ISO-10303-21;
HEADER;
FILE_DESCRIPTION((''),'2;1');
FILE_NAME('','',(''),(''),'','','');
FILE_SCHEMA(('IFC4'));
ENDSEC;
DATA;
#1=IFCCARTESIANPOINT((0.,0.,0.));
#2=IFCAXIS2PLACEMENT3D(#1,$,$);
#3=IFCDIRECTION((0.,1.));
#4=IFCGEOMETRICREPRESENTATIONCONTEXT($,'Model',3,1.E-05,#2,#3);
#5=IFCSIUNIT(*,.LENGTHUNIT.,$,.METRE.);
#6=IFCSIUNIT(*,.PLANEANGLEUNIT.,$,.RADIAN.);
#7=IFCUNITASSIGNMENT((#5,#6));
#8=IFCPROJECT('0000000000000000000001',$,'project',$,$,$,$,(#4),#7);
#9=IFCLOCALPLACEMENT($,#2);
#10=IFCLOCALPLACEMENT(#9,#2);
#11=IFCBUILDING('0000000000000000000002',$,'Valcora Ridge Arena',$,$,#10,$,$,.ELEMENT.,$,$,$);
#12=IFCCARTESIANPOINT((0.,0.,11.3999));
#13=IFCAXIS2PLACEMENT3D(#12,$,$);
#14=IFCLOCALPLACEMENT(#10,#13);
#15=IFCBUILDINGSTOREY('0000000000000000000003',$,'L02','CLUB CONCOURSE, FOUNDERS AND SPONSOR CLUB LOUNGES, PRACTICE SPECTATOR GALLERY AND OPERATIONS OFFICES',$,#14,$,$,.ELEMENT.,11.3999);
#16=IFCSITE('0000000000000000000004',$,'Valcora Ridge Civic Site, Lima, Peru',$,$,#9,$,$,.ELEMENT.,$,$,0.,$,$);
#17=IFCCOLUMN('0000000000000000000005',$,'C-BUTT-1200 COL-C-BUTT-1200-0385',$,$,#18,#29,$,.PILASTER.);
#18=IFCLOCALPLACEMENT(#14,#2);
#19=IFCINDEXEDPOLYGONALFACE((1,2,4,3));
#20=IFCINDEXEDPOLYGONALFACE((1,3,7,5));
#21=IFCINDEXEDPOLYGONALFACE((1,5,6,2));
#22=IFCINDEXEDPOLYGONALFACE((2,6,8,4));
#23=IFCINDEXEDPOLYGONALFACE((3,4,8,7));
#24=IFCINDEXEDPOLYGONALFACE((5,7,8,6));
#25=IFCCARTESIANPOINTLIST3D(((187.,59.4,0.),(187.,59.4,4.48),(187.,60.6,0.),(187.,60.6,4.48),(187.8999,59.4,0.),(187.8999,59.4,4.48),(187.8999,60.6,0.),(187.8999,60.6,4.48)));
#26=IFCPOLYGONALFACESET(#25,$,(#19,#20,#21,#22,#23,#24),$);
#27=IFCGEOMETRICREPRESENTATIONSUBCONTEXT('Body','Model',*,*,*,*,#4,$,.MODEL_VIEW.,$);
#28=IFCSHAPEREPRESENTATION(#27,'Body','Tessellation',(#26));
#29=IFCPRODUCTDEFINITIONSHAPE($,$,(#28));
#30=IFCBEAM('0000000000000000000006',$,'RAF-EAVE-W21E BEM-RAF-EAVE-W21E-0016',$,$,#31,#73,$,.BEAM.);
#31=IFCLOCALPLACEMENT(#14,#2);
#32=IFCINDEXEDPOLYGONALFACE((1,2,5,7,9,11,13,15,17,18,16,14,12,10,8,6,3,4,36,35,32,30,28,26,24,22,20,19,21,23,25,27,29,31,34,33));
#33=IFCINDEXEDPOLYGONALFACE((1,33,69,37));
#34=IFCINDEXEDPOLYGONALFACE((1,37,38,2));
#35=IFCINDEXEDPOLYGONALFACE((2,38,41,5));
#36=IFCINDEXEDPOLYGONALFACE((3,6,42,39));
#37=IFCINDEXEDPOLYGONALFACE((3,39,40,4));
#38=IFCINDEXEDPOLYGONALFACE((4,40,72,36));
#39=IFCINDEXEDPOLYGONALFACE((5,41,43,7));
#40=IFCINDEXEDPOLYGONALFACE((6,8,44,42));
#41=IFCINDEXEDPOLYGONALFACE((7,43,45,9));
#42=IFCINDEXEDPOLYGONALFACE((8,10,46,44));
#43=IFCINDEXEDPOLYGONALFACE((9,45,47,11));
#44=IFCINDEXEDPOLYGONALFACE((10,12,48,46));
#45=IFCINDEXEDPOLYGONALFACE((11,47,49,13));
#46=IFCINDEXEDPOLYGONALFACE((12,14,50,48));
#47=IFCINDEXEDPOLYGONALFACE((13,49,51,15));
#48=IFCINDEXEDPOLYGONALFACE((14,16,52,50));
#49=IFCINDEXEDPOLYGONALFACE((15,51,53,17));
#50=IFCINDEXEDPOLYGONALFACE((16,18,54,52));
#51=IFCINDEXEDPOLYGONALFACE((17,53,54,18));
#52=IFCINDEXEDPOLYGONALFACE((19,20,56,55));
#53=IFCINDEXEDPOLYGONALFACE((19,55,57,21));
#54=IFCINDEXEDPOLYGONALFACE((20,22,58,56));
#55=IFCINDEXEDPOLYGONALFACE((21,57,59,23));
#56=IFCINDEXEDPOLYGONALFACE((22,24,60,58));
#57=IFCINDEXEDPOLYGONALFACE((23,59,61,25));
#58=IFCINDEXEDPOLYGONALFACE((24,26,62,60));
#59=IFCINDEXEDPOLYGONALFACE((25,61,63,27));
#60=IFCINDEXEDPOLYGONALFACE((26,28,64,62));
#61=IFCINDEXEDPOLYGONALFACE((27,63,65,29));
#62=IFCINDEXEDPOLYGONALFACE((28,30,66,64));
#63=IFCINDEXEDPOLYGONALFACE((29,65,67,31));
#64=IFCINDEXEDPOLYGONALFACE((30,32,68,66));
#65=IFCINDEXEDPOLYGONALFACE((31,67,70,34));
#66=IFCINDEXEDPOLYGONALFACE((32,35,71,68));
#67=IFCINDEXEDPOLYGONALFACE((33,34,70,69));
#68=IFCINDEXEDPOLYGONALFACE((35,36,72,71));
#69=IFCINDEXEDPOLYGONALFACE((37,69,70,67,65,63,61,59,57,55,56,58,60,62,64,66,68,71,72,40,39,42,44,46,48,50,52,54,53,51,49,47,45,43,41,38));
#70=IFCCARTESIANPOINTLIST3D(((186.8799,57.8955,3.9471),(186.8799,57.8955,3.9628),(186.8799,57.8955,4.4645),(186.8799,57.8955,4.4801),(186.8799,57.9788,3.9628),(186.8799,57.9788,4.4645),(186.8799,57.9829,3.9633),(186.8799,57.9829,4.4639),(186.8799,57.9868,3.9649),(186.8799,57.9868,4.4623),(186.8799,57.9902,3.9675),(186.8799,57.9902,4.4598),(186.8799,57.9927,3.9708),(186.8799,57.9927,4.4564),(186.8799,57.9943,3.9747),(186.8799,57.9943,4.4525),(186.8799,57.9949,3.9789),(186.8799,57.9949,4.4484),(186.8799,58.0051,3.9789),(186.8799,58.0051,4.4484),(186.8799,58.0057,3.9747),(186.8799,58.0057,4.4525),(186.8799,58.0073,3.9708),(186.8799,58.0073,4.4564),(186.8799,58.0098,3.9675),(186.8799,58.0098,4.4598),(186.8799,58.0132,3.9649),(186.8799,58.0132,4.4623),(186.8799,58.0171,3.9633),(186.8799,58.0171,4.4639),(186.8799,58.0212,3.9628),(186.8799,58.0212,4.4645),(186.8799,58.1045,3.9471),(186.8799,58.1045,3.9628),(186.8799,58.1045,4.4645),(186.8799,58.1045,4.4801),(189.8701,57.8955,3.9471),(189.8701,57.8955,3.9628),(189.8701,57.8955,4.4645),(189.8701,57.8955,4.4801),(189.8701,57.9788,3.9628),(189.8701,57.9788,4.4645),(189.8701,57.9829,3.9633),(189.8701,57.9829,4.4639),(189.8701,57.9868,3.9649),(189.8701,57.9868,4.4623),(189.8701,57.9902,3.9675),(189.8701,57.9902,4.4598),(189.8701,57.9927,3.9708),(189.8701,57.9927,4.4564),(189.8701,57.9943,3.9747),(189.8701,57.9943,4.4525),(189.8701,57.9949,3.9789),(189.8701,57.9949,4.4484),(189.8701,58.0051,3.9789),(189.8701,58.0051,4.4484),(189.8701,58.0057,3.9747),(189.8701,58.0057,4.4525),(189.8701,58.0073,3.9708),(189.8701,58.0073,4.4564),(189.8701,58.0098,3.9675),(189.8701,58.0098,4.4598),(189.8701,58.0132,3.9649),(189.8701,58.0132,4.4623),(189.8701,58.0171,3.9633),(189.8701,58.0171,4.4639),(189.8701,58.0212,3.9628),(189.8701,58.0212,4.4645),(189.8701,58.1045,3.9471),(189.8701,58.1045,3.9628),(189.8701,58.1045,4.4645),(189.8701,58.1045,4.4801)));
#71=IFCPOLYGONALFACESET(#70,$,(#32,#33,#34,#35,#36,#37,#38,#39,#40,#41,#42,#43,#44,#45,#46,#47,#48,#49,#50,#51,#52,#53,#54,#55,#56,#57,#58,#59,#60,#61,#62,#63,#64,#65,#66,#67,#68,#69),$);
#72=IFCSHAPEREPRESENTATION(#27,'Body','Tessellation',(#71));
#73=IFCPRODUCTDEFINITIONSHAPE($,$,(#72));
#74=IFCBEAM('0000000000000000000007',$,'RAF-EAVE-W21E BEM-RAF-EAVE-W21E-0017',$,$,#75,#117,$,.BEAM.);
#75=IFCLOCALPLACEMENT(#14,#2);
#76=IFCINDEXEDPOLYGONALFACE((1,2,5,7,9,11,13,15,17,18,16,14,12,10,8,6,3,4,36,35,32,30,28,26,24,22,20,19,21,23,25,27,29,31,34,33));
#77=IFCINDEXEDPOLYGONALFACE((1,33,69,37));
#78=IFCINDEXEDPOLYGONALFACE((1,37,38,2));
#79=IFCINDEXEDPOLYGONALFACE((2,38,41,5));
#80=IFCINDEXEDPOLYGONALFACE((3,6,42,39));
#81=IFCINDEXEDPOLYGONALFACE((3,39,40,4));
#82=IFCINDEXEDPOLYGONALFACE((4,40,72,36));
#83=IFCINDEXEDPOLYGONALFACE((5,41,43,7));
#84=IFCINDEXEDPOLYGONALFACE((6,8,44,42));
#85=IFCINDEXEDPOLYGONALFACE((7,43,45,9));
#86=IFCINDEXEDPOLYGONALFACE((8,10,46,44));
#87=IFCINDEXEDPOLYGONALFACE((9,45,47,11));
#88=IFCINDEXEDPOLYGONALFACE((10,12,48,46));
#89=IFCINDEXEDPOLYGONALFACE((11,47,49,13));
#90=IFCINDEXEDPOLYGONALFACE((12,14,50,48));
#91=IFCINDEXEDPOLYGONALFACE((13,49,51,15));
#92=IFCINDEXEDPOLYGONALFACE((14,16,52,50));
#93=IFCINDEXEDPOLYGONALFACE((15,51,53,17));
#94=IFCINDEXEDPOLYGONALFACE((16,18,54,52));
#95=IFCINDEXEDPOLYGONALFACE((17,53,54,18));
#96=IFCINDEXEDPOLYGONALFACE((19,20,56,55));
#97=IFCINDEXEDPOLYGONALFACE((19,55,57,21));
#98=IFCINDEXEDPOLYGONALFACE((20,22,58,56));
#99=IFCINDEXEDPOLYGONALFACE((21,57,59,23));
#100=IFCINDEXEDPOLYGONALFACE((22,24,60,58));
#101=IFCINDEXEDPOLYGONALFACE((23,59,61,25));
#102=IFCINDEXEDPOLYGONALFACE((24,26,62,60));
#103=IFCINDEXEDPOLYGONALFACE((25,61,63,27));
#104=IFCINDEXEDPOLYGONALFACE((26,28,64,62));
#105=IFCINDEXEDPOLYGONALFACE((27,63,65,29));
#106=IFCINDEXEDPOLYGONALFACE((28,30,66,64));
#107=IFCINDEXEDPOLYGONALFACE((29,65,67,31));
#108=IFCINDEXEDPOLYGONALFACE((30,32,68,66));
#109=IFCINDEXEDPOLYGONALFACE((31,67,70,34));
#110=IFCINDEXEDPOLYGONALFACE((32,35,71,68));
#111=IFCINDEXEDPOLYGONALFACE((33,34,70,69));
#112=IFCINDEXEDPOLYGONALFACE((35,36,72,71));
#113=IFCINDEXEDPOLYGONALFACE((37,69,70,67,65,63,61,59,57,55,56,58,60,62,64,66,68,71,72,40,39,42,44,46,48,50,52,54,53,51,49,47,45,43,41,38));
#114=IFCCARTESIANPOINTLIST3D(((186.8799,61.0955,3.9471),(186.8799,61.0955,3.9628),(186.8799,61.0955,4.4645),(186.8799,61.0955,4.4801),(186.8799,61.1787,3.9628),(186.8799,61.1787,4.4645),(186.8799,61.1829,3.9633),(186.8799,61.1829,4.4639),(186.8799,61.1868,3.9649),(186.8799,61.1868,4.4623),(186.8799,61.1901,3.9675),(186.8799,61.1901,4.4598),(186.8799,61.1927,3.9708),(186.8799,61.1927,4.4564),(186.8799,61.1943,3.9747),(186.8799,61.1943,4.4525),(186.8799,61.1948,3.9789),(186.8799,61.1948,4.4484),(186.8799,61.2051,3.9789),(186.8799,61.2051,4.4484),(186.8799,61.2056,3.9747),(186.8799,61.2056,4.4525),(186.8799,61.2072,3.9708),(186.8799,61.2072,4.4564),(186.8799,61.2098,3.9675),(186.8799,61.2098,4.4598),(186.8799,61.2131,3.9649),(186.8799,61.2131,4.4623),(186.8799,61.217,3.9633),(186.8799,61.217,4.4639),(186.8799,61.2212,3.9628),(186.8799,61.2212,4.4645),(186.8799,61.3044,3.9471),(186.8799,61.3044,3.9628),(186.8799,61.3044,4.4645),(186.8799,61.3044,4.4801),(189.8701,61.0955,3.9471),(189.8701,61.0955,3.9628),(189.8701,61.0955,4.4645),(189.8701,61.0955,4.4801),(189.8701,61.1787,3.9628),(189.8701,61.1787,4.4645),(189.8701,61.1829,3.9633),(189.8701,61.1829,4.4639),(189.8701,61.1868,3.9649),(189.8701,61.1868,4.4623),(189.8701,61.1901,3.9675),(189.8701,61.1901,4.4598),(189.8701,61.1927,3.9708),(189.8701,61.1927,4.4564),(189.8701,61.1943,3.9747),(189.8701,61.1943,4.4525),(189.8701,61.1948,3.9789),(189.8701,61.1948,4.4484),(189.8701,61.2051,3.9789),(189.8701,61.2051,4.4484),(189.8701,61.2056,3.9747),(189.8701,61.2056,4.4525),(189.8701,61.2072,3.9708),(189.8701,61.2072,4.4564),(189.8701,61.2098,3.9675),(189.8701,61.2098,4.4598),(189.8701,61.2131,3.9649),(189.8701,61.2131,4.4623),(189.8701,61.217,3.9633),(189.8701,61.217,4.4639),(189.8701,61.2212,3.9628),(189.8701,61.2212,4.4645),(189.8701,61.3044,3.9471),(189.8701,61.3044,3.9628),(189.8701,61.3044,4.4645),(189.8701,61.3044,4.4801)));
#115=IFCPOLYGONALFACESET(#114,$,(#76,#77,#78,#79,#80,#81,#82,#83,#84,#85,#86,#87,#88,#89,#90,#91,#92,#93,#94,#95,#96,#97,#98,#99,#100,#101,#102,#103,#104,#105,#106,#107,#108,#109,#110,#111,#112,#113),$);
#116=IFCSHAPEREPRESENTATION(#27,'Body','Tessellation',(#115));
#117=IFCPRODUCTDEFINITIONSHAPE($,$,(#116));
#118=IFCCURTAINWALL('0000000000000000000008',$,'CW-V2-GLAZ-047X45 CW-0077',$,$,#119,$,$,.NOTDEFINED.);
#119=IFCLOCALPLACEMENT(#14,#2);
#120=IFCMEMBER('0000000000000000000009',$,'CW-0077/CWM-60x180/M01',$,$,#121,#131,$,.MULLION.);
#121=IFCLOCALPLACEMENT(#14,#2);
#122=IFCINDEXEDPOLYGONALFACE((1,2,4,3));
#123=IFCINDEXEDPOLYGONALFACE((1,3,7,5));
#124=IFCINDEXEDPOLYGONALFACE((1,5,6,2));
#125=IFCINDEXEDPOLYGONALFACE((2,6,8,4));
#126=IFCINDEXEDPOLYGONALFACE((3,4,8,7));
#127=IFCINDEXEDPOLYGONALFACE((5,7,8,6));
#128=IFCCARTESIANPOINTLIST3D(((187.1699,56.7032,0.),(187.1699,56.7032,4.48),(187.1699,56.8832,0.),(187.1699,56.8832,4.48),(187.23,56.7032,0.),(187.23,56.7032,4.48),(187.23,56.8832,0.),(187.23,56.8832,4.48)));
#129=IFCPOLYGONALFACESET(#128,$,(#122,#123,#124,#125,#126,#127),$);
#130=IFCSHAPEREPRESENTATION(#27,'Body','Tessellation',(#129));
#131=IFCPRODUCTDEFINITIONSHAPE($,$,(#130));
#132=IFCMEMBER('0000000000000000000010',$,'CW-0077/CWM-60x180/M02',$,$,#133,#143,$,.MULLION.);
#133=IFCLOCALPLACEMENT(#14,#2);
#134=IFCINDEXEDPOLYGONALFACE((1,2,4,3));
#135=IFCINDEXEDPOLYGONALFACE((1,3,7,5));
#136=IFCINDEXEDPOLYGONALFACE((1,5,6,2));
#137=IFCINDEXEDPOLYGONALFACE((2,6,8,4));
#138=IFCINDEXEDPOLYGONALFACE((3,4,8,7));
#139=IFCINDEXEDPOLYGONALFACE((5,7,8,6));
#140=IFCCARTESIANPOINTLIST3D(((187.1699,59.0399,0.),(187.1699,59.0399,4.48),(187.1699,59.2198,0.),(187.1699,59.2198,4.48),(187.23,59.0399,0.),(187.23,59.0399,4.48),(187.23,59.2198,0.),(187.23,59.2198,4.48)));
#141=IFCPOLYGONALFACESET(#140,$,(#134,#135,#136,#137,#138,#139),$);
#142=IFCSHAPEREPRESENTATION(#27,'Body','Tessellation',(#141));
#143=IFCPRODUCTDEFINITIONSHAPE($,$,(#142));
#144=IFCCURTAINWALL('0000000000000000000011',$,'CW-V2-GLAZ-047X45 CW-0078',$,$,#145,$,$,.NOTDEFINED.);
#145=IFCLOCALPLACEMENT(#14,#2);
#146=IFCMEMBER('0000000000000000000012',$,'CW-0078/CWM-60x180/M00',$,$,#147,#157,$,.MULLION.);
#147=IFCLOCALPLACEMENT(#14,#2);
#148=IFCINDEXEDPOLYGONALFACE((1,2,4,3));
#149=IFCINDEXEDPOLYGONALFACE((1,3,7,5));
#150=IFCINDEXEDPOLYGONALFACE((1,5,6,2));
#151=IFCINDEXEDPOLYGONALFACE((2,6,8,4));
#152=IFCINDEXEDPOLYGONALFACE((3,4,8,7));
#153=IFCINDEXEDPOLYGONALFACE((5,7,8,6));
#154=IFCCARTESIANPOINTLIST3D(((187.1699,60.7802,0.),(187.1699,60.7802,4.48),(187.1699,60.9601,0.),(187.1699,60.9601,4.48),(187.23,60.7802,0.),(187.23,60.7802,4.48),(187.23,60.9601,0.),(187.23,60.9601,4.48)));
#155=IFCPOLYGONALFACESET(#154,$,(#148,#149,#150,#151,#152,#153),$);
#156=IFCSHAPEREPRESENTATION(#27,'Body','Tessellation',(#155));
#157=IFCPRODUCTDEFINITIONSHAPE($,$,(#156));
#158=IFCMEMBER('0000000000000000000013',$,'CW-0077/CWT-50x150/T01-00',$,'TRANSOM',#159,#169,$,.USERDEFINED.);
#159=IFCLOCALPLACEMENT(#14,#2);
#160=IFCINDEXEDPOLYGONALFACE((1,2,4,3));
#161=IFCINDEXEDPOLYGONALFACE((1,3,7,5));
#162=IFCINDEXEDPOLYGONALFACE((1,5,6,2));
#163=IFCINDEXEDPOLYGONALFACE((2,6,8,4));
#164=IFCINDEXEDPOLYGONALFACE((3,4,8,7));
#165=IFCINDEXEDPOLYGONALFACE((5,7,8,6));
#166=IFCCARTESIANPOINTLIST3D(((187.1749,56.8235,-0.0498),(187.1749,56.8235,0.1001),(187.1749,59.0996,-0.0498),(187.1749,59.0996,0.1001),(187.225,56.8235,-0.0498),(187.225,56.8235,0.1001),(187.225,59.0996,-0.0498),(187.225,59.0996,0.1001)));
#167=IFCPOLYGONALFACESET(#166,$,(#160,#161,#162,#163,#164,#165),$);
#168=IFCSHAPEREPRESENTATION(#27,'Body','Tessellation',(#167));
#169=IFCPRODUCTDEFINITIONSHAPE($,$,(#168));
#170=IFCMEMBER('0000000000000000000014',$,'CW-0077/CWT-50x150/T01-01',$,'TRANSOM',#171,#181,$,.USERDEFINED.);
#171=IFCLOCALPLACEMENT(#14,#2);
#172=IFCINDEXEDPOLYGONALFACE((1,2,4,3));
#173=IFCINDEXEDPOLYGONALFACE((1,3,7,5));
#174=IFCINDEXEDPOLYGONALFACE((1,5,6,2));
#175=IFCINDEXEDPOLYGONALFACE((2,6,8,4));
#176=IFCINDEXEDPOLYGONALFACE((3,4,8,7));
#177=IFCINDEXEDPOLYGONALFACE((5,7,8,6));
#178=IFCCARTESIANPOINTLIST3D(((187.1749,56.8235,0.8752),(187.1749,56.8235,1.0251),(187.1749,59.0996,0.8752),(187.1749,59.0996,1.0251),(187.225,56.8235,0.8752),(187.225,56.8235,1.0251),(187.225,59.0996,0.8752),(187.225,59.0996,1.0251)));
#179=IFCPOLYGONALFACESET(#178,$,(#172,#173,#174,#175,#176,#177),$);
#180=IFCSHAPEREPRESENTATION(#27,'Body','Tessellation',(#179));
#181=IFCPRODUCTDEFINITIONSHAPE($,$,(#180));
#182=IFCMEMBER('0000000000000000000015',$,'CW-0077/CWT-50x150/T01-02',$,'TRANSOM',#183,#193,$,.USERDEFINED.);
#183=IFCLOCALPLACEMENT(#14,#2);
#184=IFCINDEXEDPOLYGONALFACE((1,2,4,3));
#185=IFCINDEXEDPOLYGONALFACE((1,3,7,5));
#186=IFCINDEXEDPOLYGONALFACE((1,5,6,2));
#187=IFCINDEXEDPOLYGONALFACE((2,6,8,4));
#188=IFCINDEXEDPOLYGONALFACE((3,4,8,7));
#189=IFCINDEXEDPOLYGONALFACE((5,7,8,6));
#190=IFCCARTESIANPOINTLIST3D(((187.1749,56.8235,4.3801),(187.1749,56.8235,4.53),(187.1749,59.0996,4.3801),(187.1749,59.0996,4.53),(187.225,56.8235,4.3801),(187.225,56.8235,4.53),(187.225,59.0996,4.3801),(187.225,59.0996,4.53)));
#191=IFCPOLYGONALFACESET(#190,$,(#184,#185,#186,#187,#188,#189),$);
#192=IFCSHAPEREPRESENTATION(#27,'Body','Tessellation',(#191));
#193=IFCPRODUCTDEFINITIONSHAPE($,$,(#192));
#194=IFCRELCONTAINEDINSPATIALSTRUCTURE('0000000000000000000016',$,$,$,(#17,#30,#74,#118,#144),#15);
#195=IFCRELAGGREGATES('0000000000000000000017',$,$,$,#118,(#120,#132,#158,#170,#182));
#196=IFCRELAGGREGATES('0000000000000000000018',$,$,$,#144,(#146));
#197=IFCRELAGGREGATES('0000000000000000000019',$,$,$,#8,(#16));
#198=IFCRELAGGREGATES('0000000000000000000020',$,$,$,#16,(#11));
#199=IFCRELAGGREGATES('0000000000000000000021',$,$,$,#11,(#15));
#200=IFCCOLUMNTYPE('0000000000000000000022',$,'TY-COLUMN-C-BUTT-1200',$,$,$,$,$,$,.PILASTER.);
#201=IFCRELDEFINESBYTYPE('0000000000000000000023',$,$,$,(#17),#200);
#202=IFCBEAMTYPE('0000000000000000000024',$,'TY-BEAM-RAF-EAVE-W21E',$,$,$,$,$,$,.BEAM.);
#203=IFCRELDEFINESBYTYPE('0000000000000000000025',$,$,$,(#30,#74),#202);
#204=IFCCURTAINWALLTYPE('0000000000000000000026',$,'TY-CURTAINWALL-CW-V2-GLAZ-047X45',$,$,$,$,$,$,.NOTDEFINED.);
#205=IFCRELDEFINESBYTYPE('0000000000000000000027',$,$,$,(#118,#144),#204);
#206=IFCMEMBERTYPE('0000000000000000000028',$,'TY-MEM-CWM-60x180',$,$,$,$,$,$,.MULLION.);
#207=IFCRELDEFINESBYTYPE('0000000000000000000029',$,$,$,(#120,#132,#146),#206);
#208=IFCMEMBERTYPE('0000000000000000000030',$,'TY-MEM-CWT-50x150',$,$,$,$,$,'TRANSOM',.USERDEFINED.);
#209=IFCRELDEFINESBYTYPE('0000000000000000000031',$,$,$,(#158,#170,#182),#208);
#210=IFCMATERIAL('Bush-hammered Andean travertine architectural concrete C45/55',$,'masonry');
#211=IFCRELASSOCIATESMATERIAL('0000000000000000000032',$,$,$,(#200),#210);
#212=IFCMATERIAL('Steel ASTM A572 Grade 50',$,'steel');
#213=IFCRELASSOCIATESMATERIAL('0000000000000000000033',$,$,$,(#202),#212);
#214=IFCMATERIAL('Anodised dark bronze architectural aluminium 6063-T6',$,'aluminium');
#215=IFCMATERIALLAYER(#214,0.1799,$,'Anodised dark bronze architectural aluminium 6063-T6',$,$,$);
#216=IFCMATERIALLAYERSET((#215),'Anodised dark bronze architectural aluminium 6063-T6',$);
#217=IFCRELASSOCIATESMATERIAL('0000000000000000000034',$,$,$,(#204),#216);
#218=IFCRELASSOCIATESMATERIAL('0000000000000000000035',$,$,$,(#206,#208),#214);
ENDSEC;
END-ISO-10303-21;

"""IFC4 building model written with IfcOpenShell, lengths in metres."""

from ifc_helpers import new_model, si_unit, direction, frame, origin, origin_2d, place, context, subcontext, project, spatial, rectangle, i_section, extrude, material, layer, layer_set, material_profile, profile_set, type_object, element, aggregate, save


model = new_model("IFC4")

# Units and contexts
model_context = context("Model", 3, precision=1e-05, world=origin(), true_north=direction((0.0, 1.0)))
body_context = subcontext(model_context, "Body", "Model", "MODEL_VIEW")
ifc_project = project(units=[si_unit("LENGTHUNIT", "METRE"), si_unit("PLANEANGLEUNIT", "RADIAN")], contexts=[model_context])

# Site, building, storey
site_placement = place(None, origin())
site = spatial("IfcSite", under=ifc_project, at=site_placement, Name="Valcora Ridge Civic Site, Lima, Peru", CompositionType="ELEMENT", RefElevation=0.0)
building_placement = place(site_placement, origin())
building = spatial("IfcBuilding", under=site, at=building_placement, Name="Valcora Ridge Arena", CompositionType="ELEMENT")
storey_placement = place(building_placement, frame((0.0, 0.0, 11.3999)))
storey = spatial("IfcBuildingStorey", under=building, at=storey_placement, Name="L02", Description="CLUB CONCOURSE, FOUNDERS AND SPONSOR CLUB LOUNGES, PRACTICE SPECTATOR GALLERY AND OPERATIONS OFFICES", CompositionType="ELEMENT", Elevation=11.3999)

# Column
ifc_material_1 = material(Name="Bush-hammered Andean travertine architectural concrete C45/55", Category="masonry")
ifc_material_profile_1 = material_profile(ifc_material_1, rectangle(XDim=0.8999, YDim=1.2, at=origin_2d()), Name="RC 900x1200")
ifc_profile_set_1 = profile_set([ifc_material_profile_1], Name="Bush-hammered Andean travertine architectural concrete C45/55")
column_type = type_object("IfcColumnType", Name="TY-COLUMN-C-BUTT-1200", PredefinedType="PILASTER", material=ifc_profile_set_1)
column_placement = place(storey_placement, frame((187.45, 60.0, 0.0), z_axis=(0.0, 0.0, 1.0), x_axis=(1.0, 0.0, 0.0)))
element("IfcColumn", 1, at=column_placement, inside=storey, type_object=column_type, Name="C-BUTT-1200 COL-C-BUTT-1200-0385", PredefinedType="PILASTER", context=body_context, shape_type="SweptSolid", body=[
    extrude(rectangle(XDim=0.8999, YDim=1.2, at=origin_2d()), origin(), (0.0, 0.0, 1.0), 4.48),
])

# Beams
ifc_material_2 = material(Name="Steel ASTM A572 Grade 50", Category="steel")
ifc_material_profile_2 = material_profile(ifc_material_2, i_section(OverallWidth=0.209, OverallDepth=0.533, WebThickness=0.0103, FlangeThickness=0.0156, FilletRadius=0.0161, at=origin_2d()), Name="W21X62")
ifc_profile_set_2 = profile_set([ifc_material_profile_2], Name="Steel ASTM A572 Grade 50")
beam_type = type_object("IfcBeamType", Name="TY-BEAM-RAF-EAVE-W21E", PredefinedType="BEAM", material=ifc_profile_set_2)
for number, where, z_axis, x_axis, name in (
    (2, (186.8799, 58.0, 4.2136), (1.0, 0.0, 0.0), (0.0, 1.0, 0.0), "RAF-EAVE-W21E BEM-RAF-EAVE-W21E-0016"),
    (3, (186.8799, 61.2, 4.2136), (1.0, 0.0, 0.0), (0.0, 1.0, 0.0), "RAF-EAVE-W21E BEM-RAF-EAVE-W21E-0017"),
):
    element("IfcBeam", number, at=place(storey_placement, frame(where, z_axis=z_axis, x_axis=x_axis)), inside=storey, type_object=beam_type, Name=name, PredefinedType="BEAM", context=body_context, shape_type="SweptSolid", body=[
        extrude(i_section(OverallWidth=0.209, OverallDepth=0.533, WebThickness=0.0103, FlangeThickness=0.0156, FilletRadius=0.0161, at=origin_2d()), origin(), (0.0, 0.0, 1.0), 2.9902),
    ])

# Curtain wall, members
ifc_material_3 = material(Name="Anodised dark bronze architectural aluminium 6063-T6", Category="aluminium")
ifc_layer_1 = layer(ifc_material_3, 0.1799, Name="Anodised dark bronze architectural aluminium 6063-T6")
ifc_layer_set_1 = layer_set([ifc_layer_1], Name="Anodised dark bronze architectural aluminium 6063-T6")
curtain_wall_type = type_object("IfcCurtainWallType", Name="TY-CURTAINWALL-CW-V2-GLAZ-047X45", PredefinedType="NOTDEFINED", material=ifc_layer_set_1)
curtain_wall_1_placement = place(storey_placement, origin())
curtain_wall_1 = element("IfcCurtainWall", 4, at=curtain_wall_1_placement, inside=storey, type_object=curtain_wall_type, Name="CW-V2-GLAZ-047X45 CW-0077", PredefinedType="NOTDEFINED")
ifc_material_profile_3 = material_profile(ifc_material_3, rectangle(XDim=0.0601, YDim=0.1799, at=origin_2d()), Name="ALU MULLION 60x180")
ifc_profile_set_3 = profile_set([ifc_material_profile_3], Name="Anodised dark bronze architectural aluminium 6063-T6")
member_type_1 = type_object("IfcMemberType", Name="TY-MEM-CWM-60x180", PredefinedType="MULLION", material=ifc_profile_set_3)
member_1_placement = place(storey_placement, frame((187.2, 56.7932, 0.0), z_axis=(0.0, 0.0, 1.0), x_axis=(-1.0, 0.0, 0.0)))
member_1 = element("IfcMember", 5, at=member_1_placement, type_object=member_type_1, Name="CW-0077/CWM-60x180/M01", PredefinedType="MULLION", context=body_context, shape_type="SweptSolid", body=[
    extrude(rectangle(XDim=0.0601, YDim=0.1799, at=origin_2d()), origin(), (0.0, 0.0, 1.0), 4.48),
])
member_2_placement = place(storey_placement, frame((187.2, 59.1299, 0.0), z_axis=(0.0, 0.0, 1.0), x_axis=(-1.0, 0.0, 0.0)))
member_2 = element("IfcMember", 6, at=member_2_placement, type_object=member_type_1, Name="CW-0077/CWM-60x180/M02", PredefinedType="MULLION", context=body_context, shape_type="SweptSolid", body=[
    extrude(rectangle(XDim=0.0601, YDim=0.1799, at=origin_2d()), origin(), (0.0, 0.0, 1.0), 4.48),
])

# Curtain wall, member
curtain_wall_2_placement = place(storey_placement, origin())
curtain_wall_2 = element("IfcCurtainWall", 7, at=curtain_wall_2_placement, inside=storey, type_object=curtain_wall_type, Name="CW-V2-GLAZ-047X45 CW-0078", PredefinedType="NOTDEFINED")
member_3_placement = place(storey_placement, frame((187.2, 60.8701, 0.0), z_axis=(0.0, 0.0, 1.0), x_axis=(-1.0, 0.0, 0.0)))
member_3 = element("IfcMember", 8, at=member_3_placement, type_object=member_type_1, Name="CW-0078/CWM-60x180/M00", PredefinedType="MULLION", context=body_context, shape_type="SweptSolid", body=[
    extrude(rectangle(XDim=0.0601, YDim=0.1799, at=origin_2d()), origin(), (0.0, 0.0, 1.0), 4.48),
])

# Members
ifc_material_profile_4 = material_profile(ifc_material_3, rectangle(XDim=0.05, YDim=0.1499, at=origin_2d()), Name="ALU TRANSOM 50x150")
ifc_profile_set_4 = profile_set([ifc_material_profile_4], Name="Anodised dark bronze architectural aluminium 6063-T6")
member_type_2 = type_object("IfcMemberType", Name="TY-MEM-CWT-50x150", ElementType="TRANSOM", PredefinedType="USERDEFINED", material=ifc_profile_set_4)
member_4_placement = place(storey_placement, frame((187.2, 56.8235, 0.0251), z_axis=(0.0, 1.0, 0.0), x_axis=(-1.0, 0.0, 0.0)))
member_4 = element("IfcMember", 9, at=member_4_placement, type_object=member_type_2, Name="CW-0077/CWT-50x150/T01-00", ObjectType="TRANSOM", PredefinedType="USERDEFINED", context=body_context, shape_type="SweptSolid", body=[
    extrude(rectangle(XDim=0.05, YDim=0.1499, at=origin_2d()), origin(), (0.0, 0.0, 1.0), 2.2761),
])
member_5_placement = place(storey_placement, frame((187.2, 56.8235, 0.9502), z_axis=(0.0, 1.0, 0.0), x_axis=(-1.0, 0.0, 0.0)))
member_5 = element("IfcMember", 10, at=member_5_placement, type_object=member_type_2, Name="CW-0077/CWT-50x150/T01-01", ObjectType="TRANSOM", PredefinedType="USERDEFINED", context=body_context, shape_type="SweptSolid", body=[
    extrude(rectangle(XDim=0.05, YDim=0.1499, at=origin_2d()), origin(), (0.0, 0.0, 1.0), 2.2761),
])
member_6_placement = place(storey_placement, frame((187.2, 56.8235, 4.4551), z_axis=(0.0, 1.0, 0.0), x_axis=(-1.0, 0.0, 0.0)))
member_6 = element("IfcMember", 11, at=member_6_placement, type_object=member_type_2, Name="CW-0077/CWT-50x150/T01-02", ObjectType="TRANSOM", PredefinedType="USERDEFINED", context=body_context, shape_type="SweptSolid", body=[
    extrude(rectangle(XDim=0.05, YDim=0.1499, at=origin_2d()), origin(), (0.0, 0.0, 1.0), 2.2761),
])

aggregate(curtain_wall_1, [member_1, member_2, member_4, member_5, member_6])
aggregate(curtain_wall_2, [member_3])

save(model, "model.ifc")
